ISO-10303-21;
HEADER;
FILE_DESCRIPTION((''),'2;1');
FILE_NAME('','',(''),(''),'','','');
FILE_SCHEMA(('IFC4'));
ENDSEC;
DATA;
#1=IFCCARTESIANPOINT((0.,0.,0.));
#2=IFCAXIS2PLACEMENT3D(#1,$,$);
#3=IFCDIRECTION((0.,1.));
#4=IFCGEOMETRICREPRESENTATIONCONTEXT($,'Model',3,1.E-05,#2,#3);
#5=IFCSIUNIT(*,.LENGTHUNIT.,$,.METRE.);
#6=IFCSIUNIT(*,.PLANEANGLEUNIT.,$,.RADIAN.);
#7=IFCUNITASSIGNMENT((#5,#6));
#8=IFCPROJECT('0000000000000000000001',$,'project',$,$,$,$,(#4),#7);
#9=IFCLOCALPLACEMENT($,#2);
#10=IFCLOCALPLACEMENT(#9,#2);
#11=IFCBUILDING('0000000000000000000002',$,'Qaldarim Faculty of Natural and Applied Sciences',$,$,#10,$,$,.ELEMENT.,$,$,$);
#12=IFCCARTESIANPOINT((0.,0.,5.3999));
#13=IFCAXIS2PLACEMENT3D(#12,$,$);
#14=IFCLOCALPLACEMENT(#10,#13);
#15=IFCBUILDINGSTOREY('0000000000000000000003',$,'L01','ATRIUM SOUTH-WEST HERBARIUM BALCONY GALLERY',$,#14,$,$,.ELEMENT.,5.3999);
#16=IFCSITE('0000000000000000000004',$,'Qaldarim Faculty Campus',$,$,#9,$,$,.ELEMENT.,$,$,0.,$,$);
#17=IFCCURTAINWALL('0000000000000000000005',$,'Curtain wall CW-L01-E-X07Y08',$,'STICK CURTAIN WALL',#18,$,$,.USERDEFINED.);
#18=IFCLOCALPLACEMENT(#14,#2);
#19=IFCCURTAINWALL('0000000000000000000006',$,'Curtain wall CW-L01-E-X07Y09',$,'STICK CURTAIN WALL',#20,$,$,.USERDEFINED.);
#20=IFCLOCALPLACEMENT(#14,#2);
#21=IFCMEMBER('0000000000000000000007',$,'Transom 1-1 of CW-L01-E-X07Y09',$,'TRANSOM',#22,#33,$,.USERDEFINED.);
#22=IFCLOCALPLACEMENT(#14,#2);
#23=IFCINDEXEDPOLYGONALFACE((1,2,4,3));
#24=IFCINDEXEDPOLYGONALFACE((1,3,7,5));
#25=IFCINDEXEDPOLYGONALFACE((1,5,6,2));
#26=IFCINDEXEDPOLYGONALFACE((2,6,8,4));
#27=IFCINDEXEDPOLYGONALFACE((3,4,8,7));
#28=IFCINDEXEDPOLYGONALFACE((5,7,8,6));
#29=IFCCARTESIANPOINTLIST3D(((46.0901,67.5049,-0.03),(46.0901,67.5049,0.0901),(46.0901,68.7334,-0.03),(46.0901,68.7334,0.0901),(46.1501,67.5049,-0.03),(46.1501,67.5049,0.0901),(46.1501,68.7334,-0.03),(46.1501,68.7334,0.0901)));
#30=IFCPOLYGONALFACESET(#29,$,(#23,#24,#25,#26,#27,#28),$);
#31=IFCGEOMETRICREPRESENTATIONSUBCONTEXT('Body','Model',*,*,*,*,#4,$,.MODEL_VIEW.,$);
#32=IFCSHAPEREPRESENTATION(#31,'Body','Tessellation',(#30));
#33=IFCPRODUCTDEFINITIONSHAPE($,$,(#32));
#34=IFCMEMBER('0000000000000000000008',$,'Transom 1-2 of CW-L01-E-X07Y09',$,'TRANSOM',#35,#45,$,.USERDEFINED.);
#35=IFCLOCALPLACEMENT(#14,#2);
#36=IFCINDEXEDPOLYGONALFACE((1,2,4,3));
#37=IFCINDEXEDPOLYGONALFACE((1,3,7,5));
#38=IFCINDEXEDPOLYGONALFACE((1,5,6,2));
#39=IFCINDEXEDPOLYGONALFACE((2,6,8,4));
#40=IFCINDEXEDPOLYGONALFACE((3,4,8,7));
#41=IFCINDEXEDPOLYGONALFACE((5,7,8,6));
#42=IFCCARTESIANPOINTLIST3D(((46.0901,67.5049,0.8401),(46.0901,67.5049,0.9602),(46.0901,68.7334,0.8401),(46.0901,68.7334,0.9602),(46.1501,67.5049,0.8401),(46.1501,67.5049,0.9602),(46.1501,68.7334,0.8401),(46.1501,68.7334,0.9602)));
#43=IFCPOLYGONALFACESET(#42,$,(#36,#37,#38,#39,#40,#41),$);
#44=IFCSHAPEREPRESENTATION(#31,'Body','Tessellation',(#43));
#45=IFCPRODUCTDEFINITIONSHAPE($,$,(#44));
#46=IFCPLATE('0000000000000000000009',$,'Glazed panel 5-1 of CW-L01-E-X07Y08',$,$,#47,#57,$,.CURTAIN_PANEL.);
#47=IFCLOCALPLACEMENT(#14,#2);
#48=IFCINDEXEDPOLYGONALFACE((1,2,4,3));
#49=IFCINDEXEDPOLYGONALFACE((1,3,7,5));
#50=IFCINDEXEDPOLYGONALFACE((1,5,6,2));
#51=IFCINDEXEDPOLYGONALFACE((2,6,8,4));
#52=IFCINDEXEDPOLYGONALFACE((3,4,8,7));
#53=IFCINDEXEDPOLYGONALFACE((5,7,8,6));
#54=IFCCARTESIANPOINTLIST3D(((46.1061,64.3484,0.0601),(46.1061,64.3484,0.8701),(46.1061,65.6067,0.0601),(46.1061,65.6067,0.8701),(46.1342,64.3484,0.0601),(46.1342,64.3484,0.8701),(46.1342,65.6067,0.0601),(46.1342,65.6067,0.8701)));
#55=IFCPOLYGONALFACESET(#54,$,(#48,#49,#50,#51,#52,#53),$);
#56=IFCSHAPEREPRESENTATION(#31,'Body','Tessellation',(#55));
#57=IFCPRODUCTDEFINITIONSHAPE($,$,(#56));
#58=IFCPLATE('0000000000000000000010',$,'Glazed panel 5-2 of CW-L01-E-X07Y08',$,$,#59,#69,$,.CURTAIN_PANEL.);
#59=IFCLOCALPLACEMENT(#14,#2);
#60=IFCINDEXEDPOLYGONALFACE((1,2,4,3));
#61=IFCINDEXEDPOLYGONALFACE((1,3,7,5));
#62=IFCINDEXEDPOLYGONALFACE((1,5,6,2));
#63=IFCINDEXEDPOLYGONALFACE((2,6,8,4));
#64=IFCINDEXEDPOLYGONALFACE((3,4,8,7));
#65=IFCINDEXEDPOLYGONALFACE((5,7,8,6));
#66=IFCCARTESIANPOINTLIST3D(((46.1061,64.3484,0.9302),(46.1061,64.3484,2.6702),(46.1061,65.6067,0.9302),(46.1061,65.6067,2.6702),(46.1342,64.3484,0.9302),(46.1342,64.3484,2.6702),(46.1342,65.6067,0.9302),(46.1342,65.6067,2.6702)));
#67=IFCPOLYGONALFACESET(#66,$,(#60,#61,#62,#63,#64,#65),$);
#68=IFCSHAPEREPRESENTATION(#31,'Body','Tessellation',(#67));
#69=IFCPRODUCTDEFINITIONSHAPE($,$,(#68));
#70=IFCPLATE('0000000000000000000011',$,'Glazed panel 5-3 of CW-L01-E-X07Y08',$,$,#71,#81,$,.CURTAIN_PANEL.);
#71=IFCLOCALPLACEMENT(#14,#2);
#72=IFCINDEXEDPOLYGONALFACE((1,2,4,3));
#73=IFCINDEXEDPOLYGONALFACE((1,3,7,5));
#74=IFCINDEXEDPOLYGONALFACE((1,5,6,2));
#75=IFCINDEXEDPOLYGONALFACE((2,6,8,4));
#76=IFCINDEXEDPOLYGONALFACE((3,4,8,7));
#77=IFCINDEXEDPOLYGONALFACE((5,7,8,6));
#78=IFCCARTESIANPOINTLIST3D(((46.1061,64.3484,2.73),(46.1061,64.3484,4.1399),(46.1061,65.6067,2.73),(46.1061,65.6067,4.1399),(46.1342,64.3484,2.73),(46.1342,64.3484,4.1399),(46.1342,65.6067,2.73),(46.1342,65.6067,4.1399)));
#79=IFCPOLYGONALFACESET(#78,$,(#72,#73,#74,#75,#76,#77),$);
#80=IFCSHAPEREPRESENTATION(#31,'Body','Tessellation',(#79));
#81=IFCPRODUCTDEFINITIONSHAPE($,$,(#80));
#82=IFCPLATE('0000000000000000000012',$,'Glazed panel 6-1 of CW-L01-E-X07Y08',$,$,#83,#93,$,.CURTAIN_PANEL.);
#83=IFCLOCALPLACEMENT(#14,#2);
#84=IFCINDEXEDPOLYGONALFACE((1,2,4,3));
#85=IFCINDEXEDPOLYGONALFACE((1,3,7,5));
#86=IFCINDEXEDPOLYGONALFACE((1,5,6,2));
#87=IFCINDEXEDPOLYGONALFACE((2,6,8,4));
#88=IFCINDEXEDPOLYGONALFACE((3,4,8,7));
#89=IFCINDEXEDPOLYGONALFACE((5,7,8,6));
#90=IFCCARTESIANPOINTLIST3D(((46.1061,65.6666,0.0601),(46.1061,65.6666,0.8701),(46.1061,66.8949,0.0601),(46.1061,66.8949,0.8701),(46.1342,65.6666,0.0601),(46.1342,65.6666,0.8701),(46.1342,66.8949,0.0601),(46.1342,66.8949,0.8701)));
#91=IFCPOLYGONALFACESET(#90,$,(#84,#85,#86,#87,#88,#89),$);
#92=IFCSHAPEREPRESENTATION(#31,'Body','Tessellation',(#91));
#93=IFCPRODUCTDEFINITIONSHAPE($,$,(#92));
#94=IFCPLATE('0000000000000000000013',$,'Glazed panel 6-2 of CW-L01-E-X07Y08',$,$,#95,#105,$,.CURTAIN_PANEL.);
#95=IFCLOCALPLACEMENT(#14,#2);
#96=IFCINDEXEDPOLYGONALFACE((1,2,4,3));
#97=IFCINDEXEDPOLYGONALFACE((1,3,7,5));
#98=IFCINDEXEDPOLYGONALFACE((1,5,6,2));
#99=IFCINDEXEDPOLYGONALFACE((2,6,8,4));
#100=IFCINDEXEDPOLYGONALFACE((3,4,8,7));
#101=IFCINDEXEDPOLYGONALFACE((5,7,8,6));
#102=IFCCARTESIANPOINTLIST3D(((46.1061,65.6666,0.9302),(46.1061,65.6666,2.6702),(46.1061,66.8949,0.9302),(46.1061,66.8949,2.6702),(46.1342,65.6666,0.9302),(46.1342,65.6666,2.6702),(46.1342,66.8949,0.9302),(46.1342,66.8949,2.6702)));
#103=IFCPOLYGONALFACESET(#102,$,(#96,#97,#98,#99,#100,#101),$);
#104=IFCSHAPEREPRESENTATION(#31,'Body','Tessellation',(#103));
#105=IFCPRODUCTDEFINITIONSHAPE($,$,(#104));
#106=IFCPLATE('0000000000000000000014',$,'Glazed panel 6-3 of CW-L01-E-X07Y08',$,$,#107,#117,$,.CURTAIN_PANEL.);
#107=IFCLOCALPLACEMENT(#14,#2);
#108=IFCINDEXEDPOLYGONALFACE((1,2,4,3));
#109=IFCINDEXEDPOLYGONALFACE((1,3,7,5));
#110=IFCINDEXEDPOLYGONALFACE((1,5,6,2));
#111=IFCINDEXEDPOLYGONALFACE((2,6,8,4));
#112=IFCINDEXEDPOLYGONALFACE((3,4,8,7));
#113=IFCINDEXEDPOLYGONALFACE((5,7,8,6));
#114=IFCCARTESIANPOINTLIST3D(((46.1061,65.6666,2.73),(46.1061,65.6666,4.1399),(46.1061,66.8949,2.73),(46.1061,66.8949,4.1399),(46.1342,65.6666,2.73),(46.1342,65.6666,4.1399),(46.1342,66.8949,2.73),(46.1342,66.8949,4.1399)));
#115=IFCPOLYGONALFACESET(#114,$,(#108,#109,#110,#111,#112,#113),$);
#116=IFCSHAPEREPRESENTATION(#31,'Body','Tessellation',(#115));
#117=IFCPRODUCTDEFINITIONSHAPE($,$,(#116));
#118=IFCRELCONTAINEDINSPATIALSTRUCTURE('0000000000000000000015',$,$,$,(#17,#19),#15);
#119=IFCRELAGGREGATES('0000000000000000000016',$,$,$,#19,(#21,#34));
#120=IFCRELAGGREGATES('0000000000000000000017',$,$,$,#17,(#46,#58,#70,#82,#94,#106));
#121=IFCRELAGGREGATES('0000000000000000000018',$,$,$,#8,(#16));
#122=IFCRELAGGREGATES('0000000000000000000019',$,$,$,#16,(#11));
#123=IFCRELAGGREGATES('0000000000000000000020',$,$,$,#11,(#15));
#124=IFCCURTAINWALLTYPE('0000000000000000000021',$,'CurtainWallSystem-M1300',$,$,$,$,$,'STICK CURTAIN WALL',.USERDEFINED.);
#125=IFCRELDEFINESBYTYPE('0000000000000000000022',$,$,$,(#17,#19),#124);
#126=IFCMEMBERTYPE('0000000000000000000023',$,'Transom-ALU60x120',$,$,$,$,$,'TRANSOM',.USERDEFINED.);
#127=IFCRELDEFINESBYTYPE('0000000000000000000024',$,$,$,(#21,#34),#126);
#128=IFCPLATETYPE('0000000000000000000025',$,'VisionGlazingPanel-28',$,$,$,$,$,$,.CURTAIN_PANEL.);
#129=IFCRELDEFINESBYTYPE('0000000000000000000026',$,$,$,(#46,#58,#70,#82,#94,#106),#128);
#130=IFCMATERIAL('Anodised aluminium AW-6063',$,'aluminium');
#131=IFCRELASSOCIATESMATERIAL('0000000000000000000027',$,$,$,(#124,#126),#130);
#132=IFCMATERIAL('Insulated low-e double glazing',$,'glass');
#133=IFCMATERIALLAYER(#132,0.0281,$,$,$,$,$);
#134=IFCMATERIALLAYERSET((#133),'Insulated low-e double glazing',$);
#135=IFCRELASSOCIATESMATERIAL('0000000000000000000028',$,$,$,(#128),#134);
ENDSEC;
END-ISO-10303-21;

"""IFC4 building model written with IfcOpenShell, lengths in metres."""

from ifc_helpers import new_model, si_unit, direction, frame, origin, origin_2d, place, context, subcontext, project, spatial, rectangle, extrude, material, layer, layer_set, material_profile, profile_set, type_object, element, aggregate, save


model = new_model("IFC4")

# Units and contexts
model_context = context("Model", 3, precision=1e-05, world=origin(), true_north=direction((0.0, 1.0)))
body_context = subcontext(model_context, "Body", "Model", "MODEL_VIEW")
ifc_project = project(units=[si_unit("LENGTHUNIT", "METRE"), si_unit("PLANEANGLEUNIT", "RADIAN")], contexts=[model_context])

# Site, building, storey
site_placement = place(None, origin())
site = spatial("IfcSite", under=ifc_project, at=site_placement, Name="Qaldarim Faculty Campus", CompositionType="ELEMENT", RefElevation=0.0)
building_placement = place(site_placement, origin())
building = spatial("IfcBuilding", under=site, at=building_placement, Name="Qaldarim Faculty of Natural and Applied Sciences", CompositionType="ELEMENT")
storey_placement = place(building_placement, frame((0.0, 0.0, 5.3999)))
storey = spatial("IfcBuildingStorey", under=building, at=storey_placement, Name="L01", Description="ATRIUM SOUTH-WEST HERBARIUM BALCONY GALLERY", CompositionType="ELEMENT", Elevation=5.3999)

# Curtain wall
ifc_material_1 = material(Name="Anodised aluminium AW-6063", Category="aluminium")
curtain_wall_type = type_object("IfcCurtainWallType", Name="CurtainWallSystem-M1300", ElementType="STICK CURTAIN WALL", PredefinedType="USERDEFINED", material=ifc_material_1)
curtain_wall_1_placement = place(storey_placement, origin())
curtain_wall_1 = element("IfcCurtainWall", 1, at=curtain_wall_1_placement, inside=storey, type_object=curtain_wall_type, Name="Curtain wall CW-L01-E-X07Y08", ObjectType="STICK CURTAIN WALL", PredefinedType="USERDEFINED")

# Curtain wall
curtain_wall_2_placement = place(storey_placement, origin())
curtain_wall_2 = element("IfcCurtainWall", 2, at=curtain_wall_2_placement, inside=storey, type_object=curtain_wall_type, Name="Curtain wall CW-L01-E-X07Y09", ObjectType="STICK CURTAIN WALL", PredefinedType="USERDEFINED")

# Members
ifc_material_profile_1 = material_profile(ifc_material_1, rectangle(XDim=0.0601, YDim=0.1201, at=origin_2d()), Name="ALU-T60x120")
ifc_profile_set_1 = profile_set([ifc_material_profile_1], Name="Anodised aluminium AW-6063")
member_type_1 = type_object("IfcMemberType", Name="Transom-ALU60x120", ElementType="TRANSOM", PredefinedType="USERDEFINED", material=ifc_profile_set_1)
member_1_placement = place(storey_placement, frame((46.1201, 67.5049, 0.03), z_axis=(0.0, 1.0, 0.0), x_axis=(-1.0, 0.0, 0.0)))
member_1 = element("IfcMember", 3, at=member_1_placement, type_object=member_type_1, Name="Transom 1-1 of CW-L01-E-X07Y09", ObjectType="TRANSOM", PredefinedType="USERDEFINED", context=body_context, shape_type="SweptSolid", body=[
    extrude(rectangle(XDim=0.0601, YDim=0.1201, at=origin_2d()), origin(), (0.0, 0.0, 1.0), 1.2285),
])
member_2_placement = place(storey_placement, frame((46.1201, 67.5049, 0.9001), z_axis=(0.0, 1.0, 0.0), x_axis=(-1.0, 0.0, 0.0)))
member_2 = element("IfcMember", 4, at=member_2_placement, type_object=member_type_1, Name="Transom 1-2 of CW-L01-E-X07Y09", ObjectType="TRANSOM", PredefinedType="USERDEFINED", context=body_context, shape_type="SweptSolid", body=[
    extrude(rectangle(XDim=0.0601, YDim=0.1201, at=origin_2d()), origin(), (0.0, 0.0, 1.0), 1.2285),
])
aggregate(curtain_wall_2, [member_1, member_2])

# Plates
ifc_material_2 = material(Name="Insulated low-e double glazing", Category="glass")
ifc_layer = layer(ifc_material_2, 0.0281)
ifc_layer_set = layer_set([ifc_layer], Name="Insulated low-e double glazing")
plate_type = type_object("IfcPlateType", Name="VisionGlazingPanel-28", PredefinedType="CURTAIN_PANEL", material=ifc_layer_set)
plate_1_placement = place(storey_placement, frame((46.1201, 64.9775, 0.0601), z_axis=(0.0, 0.0, 1.0), x_axis=(0.0, 1.0, 0.0)))
plate_1 = element("IfcPlate", 5, at=plate_1_placement, type_object=plate_type, Name="Glazed panel 5-1 of CW-L01-E-X07Y08", PredefinedType="CURTAIN_PANEL", context=body_context, shape_type="SweptSolid", body=[
    extrude(rectangle(XDim=1.2583, YDim=0.0281, at=origin_2d()), origin(), (0.0, 0.0, 1.0), 0.8101),
])
plate_2_placement = place(storey_placement, frame((46.1201, 64.9775, 0.9302), z_axis=(0.0, 0.0, 1.0), x_axis=(0.0, 1.0, 0.0)))
plate_2 = element("IfcPlate", 6, at=plate_2_placement, type_object=plate_type, Name="Glazed panel 5-2 of CW-L01-E-X07Y08", PredefinedType="CURTAIN_PANEL", context=body_context, shape_type="SweptSolid", body=[
    extrude(rectangle(XDim=1.2583, YDim=0.0281, at=origin_2d()), origin(), (0.0, 0.0, 1.0), 1.74),
])
plate_3_placement = place(storey_placement, frame((46.1201, 64.9775, 2.73), z_axis=(0.0, 0.0, 1.0), x_axis=(0.0, 1.0, 0.0)))
plate_3 = element("IfcPlate", 7, at=plate_3_placement, type_object=plate_type, Name="Glazed panel 5-3 of CW-L01-E-X07Y08", PredefinedType="CURTAIN_PANEL", context=body_context, shape_type="SweptSolid", body=[
    extrude(rectangle(XDim=1.2583, YDim=0.0281, at=origin_2d()), origin(), (0.0, 0.0, 1.0), 1.4099),
])
plate_4_placement = place(storey_placement, frame((46.1201, 66.2808, 0.0601), z_axis=(0.0, 0.0, 1.0), x_axis=(0.0, 1.0, 0.0)))
plate_4 = element("IfcPlate", 8, at=plate_4_placement, type_object=plate_type, Name="Glazed panel 6-1 of CW-L01-E-X07Y08", PredefinedType="CURTAIN_PANEL", context=body_context, shape_type="SweptSolid", body=[
    extrude(rectangle(XDim=1.2283, YDim=0.0281, at=origin_2d()), origin(), (0.0, 0.0, 1.0), 0.8101),
])
plate_5_placement = place(storey_placement, frame((46.1201, 66.2808, 0.9302), z_axis=(0.0, 0.0, 1.0), x_axis=(0.0, 1.0, 0.0)))
plate_5 = element("IfcPlate", 9, at=plate_5_placement, type_object=plate_type, Name="Glazed panel 6-2 of CW-L01-E-X07Y08", PredefinedType="CURTAIN_PANEL", context=body_context, shape_type="SweptSolid", body=[
    extrude(rectangle(XDim=1.2283, YDim=0.0281, at=origin_2d()), origin(), (0.0, 0.0, 1.0), 1.74),
])
plate_6_placement = place(storey_placement, frame((46.1201, 66.2808, 2.73), z_axis=(0.0, 0.0, 1.0), x_axis=(0.0, 1.0, 0.0)))
plate_6 = element("IfcPlate", 10, at=plate_6_placement, type_object=plate_type, Name="Glazed panel 6-3 of CW-L01-E-X07Y08", PredefinedType="CURTAIN_PANEL", context=body_context, shape_type="SweptSolid", body=[
    extrude(rectangle(XDim=1.2283, YDim=0.0281, at=origin_2d()), origin(), (0.0, 0.0, 1.0), 1.4099),
])
aggregate(curtain_wall_1, [plate_1, plate_2, plate_3, plate_4, plate_5, plate_6])

save(model, "model.ifc")
